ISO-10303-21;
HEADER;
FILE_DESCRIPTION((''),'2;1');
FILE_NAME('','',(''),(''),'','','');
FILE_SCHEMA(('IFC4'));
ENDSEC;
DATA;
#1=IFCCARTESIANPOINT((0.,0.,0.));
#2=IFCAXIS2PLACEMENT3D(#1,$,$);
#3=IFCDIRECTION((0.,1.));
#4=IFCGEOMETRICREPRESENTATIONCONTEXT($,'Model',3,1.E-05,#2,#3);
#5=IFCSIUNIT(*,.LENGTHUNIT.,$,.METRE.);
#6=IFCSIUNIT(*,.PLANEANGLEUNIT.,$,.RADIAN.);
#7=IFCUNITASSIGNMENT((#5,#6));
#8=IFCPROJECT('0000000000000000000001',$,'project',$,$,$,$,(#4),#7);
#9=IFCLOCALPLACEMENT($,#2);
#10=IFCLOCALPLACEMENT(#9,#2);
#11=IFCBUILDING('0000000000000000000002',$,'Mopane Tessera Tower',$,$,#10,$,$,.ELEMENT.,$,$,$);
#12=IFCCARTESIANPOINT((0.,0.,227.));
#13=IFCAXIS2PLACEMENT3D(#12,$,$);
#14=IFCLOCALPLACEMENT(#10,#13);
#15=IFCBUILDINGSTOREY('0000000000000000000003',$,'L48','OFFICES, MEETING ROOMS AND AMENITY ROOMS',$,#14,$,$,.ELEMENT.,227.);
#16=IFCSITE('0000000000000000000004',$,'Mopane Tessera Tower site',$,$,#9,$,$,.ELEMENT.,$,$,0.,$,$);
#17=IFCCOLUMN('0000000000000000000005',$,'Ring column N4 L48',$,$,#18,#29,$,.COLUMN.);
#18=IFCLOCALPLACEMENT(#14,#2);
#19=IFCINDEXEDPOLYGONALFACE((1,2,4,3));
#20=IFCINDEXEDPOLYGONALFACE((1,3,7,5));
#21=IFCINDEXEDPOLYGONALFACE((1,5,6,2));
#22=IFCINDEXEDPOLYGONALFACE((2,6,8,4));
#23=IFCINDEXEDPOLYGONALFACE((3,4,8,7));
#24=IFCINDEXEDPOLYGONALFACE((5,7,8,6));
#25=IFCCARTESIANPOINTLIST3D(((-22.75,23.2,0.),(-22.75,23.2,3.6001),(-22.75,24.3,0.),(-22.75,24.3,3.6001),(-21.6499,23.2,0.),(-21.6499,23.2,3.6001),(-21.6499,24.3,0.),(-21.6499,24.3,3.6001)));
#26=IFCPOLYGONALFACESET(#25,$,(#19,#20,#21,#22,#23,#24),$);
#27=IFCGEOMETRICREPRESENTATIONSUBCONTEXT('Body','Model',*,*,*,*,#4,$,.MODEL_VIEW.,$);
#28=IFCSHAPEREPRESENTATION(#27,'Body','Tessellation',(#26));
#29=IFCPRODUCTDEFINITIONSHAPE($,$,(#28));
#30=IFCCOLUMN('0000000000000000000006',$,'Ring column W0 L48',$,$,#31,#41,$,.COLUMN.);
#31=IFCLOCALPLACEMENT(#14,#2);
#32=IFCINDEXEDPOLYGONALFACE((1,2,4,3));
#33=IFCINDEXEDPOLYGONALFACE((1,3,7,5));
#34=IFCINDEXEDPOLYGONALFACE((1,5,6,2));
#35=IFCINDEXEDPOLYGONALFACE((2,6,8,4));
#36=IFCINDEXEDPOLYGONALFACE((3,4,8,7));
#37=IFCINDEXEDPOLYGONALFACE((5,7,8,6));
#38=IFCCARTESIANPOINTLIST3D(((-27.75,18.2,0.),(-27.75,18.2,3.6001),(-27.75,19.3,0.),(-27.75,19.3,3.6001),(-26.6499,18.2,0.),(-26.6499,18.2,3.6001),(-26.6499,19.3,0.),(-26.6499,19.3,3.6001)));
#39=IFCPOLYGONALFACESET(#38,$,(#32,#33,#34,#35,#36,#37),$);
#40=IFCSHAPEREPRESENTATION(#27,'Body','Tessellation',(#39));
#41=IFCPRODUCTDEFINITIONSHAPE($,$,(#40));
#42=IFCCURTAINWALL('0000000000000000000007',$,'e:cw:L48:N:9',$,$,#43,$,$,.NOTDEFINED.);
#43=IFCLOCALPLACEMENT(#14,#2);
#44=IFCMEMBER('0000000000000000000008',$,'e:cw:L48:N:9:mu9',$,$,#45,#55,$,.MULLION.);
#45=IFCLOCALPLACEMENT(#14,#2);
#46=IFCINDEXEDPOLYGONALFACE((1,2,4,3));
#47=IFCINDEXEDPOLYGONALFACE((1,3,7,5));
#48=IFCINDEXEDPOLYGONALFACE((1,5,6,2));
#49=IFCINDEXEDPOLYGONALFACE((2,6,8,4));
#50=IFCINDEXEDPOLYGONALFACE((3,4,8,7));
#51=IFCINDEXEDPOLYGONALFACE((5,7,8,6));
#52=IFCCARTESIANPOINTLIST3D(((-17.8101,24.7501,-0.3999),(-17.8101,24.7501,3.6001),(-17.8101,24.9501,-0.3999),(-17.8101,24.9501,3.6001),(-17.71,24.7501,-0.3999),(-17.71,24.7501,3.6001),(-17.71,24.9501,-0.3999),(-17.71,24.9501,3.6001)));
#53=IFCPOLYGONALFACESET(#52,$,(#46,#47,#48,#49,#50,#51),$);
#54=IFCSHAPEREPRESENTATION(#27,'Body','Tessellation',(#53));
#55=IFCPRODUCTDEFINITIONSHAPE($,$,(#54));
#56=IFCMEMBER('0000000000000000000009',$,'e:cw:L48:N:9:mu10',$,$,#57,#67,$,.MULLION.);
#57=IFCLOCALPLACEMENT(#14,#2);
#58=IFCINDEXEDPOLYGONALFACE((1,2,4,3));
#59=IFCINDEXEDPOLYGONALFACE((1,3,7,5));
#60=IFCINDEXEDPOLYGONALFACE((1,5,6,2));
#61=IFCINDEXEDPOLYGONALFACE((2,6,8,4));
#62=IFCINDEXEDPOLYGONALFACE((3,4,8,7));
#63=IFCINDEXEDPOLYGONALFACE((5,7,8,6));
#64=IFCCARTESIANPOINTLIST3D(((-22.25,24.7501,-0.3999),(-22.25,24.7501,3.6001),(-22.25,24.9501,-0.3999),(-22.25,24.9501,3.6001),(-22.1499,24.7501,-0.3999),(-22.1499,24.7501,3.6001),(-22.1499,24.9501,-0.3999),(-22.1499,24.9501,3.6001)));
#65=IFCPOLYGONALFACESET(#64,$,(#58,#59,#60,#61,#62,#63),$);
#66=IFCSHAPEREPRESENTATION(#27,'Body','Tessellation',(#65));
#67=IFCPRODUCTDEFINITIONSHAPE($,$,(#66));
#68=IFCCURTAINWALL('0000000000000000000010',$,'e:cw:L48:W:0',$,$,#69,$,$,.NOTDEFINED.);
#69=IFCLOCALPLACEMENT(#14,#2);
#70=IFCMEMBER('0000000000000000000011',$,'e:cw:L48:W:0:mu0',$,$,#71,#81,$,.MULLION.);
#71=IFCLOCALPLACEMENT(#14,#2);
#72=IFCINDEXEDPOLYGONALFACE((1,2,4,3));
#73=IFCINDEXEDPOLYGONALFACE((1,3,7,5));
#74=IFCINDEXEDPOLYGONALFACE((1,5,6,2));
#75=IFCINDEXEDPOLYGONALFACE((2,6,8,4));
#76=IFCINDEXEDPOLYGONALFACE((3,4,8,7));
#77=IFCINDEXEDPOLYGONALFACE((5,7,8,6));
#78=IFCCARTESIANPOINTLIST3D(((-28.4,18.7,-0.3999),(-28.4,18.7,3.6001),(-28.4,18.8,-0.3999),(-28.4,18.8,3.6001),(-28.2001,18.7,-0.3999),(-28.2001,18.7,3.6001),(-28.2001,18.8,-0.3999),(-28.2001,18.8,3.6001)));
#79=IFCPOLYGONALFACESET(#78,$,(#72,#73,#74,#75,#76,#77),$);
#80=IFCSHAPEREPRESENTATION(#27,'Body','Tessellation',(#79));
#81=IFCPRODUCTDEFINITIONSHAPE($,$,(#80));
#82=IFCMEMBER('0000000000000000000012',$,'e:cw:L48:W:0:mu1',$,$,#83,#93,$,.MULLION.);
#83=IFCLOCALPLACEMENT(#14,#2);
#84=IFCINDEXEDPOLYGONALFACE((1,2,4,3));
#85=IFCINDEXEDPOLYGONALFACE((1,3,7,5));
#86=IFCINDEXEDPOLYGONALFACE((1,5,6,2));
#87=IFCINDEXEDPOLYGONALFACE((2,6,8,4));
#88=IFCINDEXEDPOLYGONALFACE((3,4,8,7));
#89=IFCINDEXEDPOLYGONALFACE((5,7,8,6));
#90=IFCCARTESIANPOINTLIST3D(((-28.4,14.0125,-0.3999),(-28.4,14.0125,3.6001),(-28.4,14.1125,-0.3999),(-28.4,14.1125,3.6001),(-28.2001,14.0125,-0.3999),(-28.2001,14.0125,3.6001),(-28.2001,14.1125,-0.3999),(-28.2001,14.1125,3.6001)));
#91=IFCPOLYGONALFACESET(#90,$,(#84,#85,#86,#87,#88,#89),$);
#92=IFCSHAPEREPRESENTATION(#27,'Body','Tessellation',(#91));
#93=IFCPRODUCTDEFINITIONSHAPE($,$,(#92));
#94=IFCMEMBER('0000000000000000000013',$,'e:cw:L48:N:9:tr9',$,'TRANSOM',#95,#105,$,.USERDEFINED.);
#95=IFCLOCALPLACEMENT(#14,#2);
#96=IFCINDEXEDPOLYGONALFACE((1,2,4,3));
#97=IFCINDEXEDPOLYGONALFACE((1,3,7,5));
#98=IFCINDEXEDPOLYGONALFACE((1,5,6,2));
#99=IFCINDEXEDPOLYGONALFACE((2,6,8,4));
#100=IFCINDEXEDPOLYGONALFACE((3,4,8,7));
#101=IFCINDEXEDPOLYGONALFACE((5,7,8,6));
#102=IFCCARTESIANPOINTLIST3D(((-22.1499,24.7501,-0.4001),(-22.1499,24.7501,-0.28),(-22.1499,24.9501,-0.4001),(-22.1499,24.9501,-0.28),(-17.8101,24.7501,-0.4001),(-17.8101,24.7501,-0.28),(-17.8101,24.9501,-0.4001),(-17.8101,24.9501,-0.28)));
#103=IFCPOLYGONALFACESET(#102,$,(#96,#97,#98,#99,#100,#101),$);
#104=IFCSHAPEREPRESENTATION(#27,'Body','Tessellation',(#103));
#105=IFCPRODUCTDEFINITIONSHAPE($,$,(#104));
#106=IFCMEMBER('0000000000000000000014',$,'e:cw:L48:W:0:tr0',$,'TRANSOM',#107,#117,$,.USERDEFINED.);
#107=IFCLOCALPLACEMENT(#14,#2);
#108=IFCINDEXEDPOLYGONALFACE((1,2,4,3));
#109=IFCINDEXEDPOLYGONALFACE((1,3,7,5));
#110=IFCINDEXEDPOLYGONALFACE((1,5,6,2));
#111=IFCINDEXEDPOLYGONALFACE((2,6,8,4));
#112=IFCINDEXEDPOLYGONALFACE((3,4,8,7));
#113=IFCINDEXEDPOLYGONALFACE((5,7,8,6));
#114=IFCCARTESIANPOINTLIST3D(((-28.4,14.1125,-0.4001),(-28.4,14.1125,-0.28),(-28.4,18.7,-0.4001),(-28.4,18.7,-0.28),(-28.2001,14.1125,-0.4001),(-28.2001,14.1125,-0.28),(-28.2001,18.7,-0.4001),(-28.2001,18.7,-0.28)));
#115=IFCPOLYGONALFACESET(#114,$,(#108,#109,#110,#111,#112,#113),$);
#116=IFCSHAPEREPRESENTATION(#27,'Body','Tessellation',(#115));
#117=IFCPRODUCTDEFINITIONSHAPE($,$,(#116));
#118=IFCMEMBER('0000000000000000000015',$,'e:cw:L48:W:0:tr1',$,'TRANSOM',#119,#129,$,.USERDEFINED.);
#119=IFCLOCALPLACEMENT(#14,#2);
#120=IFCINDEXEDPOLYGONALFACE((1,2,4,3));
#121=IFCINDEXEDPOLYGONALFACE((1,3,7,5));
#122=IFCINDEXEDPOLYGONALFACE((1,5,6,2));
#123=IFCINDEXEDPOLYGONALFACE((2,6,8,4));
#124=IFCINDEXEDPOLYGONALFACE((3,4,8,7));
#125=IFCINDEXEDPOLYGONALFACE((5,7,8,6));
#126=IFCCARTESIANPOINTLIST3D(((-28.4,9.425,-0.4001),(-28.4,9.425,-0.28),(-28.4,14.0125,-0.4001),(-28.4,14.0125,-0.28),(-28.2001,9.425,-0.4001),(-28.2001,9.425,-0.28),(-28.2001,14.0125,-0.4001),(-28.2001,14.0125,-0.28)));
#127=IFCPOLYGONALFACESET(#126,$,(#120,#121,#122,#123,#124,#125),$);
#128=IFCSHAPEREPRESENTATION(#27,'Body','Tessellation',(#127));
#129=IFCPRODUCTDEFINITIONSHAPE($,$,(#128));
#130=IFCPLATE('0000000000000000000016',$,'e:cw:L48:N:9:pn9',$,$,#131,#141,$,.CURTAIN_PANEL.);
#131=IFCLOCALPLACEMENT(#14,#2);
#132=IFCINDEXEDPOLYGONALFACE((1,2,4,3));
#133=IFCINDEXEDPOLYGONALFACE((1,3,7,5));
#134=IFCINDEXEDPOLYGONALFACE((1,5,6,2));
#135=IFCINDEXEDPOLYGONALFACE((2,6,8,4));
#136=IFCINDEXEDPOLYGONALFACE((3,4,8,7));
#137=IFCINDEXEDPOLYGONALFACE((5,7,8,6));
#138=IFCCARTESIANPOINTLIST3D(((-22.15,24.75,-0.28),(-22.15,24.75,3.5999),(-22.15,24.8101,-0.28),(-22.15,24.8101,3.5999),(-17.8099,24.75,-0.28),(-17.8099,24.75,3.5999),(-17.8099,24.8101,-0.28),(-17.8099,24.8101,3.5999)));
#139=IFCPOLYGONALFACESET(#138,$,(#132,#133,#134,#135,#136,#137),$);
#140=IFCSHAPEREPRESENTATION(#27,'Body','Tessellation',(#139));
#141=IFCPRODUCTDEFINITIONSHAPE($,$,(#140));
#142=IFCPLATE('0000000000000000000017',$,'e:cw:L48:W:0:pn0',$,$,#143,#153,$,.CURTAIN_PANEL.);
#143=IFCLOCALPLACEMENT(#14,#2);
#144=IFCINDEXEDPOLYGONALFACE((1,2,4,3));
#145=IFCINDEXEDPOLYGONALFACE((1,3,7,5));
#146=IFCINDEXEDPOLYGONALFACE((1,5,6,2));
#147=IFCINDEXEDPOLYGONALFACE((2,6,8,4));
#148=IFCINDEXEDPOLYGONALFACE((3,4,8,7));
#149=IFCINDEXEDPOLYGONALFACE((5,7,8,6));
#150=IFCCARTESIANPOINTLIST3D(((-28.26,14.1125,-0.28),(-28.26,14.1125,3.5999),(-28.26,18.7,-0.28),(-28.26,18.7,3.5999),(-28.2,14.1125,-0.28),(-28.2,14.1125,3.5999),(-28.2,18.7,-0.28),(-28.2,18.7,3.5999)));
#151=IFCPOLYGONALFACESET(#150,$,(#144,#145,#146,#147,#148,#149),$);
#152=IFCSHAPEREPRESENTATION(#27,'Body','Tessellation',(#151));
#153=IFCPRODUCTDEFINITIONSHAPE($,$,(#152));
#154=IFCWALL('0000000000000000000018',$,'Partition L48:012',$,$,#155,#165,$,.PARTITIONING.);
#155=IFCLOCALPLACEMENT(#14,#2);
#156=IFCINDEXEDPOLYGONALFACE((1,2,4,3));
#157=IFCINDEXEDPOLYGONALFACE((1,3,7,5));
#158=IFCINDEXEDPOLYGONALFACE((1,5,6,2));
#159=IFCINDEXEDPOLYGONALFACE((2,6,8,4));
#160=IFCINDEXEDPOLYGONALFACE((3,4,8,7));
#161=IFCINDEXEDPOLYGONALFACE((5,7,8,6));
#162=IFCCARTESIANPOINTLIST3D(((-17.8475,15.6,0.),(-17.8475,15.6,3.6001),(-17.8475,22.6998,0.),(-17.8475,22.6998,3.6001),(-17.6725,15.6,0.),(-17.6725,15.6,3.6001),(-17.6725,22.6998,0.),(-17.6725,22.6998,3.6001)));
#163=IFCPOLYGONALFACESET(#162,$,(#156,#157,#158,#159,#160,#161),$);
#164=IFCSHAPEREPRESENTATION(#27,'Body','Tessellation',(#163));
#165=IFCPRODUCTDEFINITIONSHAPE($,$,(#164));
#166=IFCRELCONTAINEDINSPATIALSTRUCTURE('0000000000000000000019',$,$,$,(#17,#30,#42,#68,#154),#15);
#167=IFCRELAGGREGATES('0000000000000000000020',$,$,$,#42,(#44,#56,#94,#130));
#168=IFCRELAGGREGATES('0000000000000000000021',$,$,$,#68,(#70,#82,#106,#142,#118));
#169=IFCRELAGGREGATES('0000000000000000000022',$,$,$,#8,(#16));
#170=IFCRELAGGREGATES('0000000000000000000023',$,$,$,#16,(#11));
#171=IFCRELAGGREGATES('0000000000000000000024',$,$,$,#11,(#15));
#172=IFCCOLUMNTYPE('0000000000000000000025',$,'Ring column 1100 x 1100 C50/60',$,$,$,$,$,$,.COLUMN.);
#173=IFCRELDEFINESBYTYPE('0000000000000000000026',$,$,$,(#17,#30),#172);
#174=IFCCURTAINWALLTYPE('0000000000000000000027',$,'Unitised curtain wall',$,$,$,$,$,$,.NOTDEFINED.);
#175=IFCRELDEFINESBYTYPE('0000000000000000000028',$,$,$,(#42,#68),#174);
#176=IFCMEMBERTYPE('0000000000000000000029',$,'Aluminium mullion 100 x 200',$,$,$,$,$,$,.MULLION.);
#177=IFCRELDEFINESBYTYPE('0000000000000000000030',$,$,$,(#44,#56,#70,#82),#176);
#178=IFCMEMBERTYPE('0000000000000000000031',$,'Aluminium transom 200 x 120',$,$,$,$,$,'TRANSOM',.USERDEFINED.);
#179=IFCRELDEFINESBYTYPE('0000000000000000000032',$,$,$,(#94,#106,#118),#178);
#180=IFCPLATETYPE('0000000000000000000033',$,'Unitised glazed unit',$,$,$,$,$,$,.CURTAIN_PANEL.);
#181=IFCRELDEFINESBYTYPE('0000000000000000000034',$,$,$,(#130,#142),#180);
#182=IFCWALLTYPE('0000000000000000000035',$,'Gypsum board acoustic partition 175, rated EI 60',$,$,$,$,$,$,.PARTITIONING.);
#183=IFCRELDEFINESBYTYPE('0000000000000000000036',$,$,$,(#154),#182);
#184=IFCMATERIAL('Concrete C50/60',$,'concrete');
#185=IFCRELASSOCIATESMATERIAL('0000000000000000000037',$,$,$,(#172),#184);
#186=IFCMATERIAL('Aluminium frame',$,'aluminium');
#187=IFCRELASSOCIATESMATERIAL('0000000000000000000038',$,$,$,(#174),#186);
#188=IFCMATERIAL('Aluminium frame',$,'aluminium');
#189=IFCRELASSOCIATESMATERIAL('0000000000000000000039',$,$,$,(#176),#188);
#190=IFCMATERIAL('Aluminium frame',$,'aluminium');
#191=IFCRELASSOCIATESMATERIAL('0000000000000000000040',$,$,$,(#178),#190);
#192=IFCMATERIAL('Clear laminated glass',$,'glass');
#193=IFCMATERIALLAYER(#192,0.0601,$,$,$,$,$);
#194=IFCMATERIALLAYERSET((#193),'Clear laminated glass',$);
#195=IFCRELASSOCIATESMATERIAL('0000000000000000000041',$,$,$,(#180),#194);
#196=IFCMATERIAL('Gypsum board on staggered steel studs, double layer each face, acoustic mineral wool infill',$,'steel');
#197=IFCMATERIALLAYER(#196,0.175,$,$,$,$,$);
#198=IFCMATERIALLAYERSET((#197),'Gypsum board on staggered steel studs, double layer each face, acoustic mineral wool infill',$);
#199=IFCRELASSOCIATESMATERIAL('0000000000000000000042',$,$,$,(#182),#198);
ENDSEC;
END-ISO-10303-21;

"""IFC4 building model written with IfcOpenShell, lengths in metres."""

from ifc_helpers import new_model, si_unit, direction, frame, frame_2d, origin, origin_2d, place, context, subcontext, project, spatial, rectangle, extrude, material, layer, layer_set, material_profile, profile_set, type_object, element, aggregate, save


model = new_model("IFC4")

# Units and contexts
model_context = context("Model", 3, precision=1e-05, world=origin(), true_north=direction((0.0, 1.0)))
body_context = subcontext(model_context, "Body", "Model", "MODEL_VIEW")
ifc_project = project(units=[si_unit("LENGTHUNIT", "METRE"), si_unit("PLANEANGLEUNIT", "RADIAN")], contexts=[model_context])

# Site, building, storey
site_placement = place(None, origin())
site = spatial("IfcSite", under=ifc_project, at=site_placement, Name="Mopane Tessera Tower site", CompositionType="ELEMENT", RefElevation=0.0)
building_placement = place(site_placement, origin())
building = spatial("IfcBuilding", under=site, at=building_placement, Name="Mopane Tessera Tower", CompositionType="ELEMENT")
storey_placement = place(building_placement, frame((0.0, 0.0, 227.0)))
storey = spatial("IfcBuildingStorey", under=building, at=storey_placement, Name="L48", Description="OFFICES, MEETING ROOMS AND AMENITY ROOMS", CompositionType="ELEMENT", Elevation=227.0)

# Columns
ifc_material_1 = material(Name="Concrete C50/60", Category="concrete")
ifc_material_profile_1 = material_profile(ifc_material_1, rectangle(XDim=1.1001, YDim=1.1001, at=origin_2d()))
ifc_profile_set_1 = profile_set([ifc_material_profile_1], Name="Concrete C50/60")
column_type = type_object("IfcColumnType", Name="Ring column 1100 x 1100 C50/60", PredefinedType="COLUMN", material=ifc_profile_set_1)
for number, where, z_axis, x_axis, name in (
    (1, (-22.2, 23.75, 0.0), (0.0, 0.0, 1.0), (1.0, 0.0, 0.0), "Ring column N4 L48"),
    (2, (-27.2, 18.75, 0.0), (0.0, 0.0, 1.0), (1.0, 0.0, 0.0), "Ring column W0 L48"),
):
    element("IfcColumn", number, at=place(storey_placement, frame(where, z_axis=z_axis, x_axis=x_axis)), inside=storey, type_object=column_type, Name=name, PredefinedType="COLUMN", context=body_context, shape_type="SweptSolid", body=[
        extrude(rectangle(XDim=1.1001, YDim=1.1001, at=origin_2d()), origin(), (0.0, 0.0, 1.0), 3.6001),
    ])

# Curtain walls, members
ifc_material_2 = material(Name="Aluminium frame", Category="aluminium")
curtain_wall_type = type_object("IfcCurtainWallType", Name="Unitised curtain wall", PredefinedType="NOTDEFINED", material=ifc_material_2)
curtain_wall_1_placement = place(storey_placement, origin())
curtain_wall_1 = element("IfcCurtainWall", 3, at=curtain_wall_1_placement, inside=storey, type_object=curtain_wall_type, Name="e:cw:L48:N:9", PredefinedType="NOTDEFINED")
ifc_material_3 = material(Name="Aluminium frame", Category="aluminium")
ifc_material_profile_2 = material_profile(ifc_material_3, rectangle(XDim=0.1001, YDim=0.2, at=origin_2d()))
ifc_profile_set_2 = profile_set([ifc_material_profile_2], Name="Aluminium frame")
member_type_1 = type_object("IfcMemberType", Name="Aluminium mullion 100 x 200", PredefinedType="MULLION", material=ifc_profile_set_2)
member_1_placement = place(storey_placement, frame((-17.76, 24.8501, -0.3999), z_axis=(0.0, 0.0, 1.0), x_axis=(-1.0, 0.0, 0.0)))
member_1 = element("IfcMember", 4, at=member_1_placement, type_object=member_type_1, Name="e:cw:L48:N:9:mu9", PredefinedType="MULLION", context=body_context, shape_type="SweptSolid", body=[
    extrude(rectangle(XDim=0.1001, YDim=0.2, at=origin_2d()), origin(), (0.0, 0.0, 1.0), 4.0),
])
member_2_placement = place(storey_placement, frame((-22.2, 24.8501, -0.3999), z_axis=(0.0, 0.0, 1.0), x_axis=(-1.0, 0.0, 0.0)))
member_2 = element("IfcMember", 5, at=member_2_placement, type_object=member_type_1, Name="e:cw:L48:N:9:mu10", PredefinedType="MULLION", context=body_context, shape_type="SweptSolid", body=[
    extrude(rectangle(XDim=0.1001, YDim=0.2, at=origin_2d()), origin(), (0.0, 0.0, 1.0), 4.0),
])
curtain_wall_2_placement = place(storey_placement, origin())
curtain_wall_2 = element("IfcCurtainWall", 6, at=curtain_wall_2_placement, inside=storey, type_object=curtain_wall_type, Name="e:cw:L48:W:0", PredefinedType="NOTDEFINED")
member_3_placement = place(storey_placement, frame((-28.3, 18.75, -0.3999), z_axis=(0.0, 0.0, 1.0), x_axis=(0.0, -1.0, 0.0)))
member_3 = element("IfcMember", 7, at=member_3_placement, type_object=member_type_1, Name="e:cw:L48:W:0:mu0", PredefinedType="MULLION", context=body_context, shape_type="SweptSolid", body=[
    extrude(rectangle(XDim=0.1001, YDim=0.2, at=origin_2d()), origin(), (0.0, 0.0, 1.0), 4.0),
])
member_4_placement = place(storey_placement, frame((-28.3, 14.0625, -0.3999), z_axis=(0.0, 0.0, 1.0), x_axis=(0.0, -1.0, 0.0)))
member_4 = element("IfcMember", 8, at=member_4_placement, type_object=member_type_1, Name="e:cw:L48:W:0:mu1", PredefinedType="MULLION", context=body_context, shape_type="SweptSolid", body=[
    extrude(rectangle(XDim=0.1001, YDim=0.2, at=origin_2d()), origin(), (0.0, 0.0, 1.0), 4.0),
])

# Members
ifc_material_4 = material(Name="Aluminium frame", Category="aluminium")
ifc_material_profile_3 = material_profile(ifc_material_4, rectangle(XDim=0.2, YDim=0.1201, at=origin_2d()))
ifc_profile_set_3 = profile_set([ifc_material_profile_3], Name="Aluminium frame")
member_type_2 = type_object("IfcMemberType", Name="Aluminium transom 200 x 120", ElementType="TRANSOM", PredefinedType="USERDEFINED", material=ifc_profile_set_3)
member_5_placement = place(storey_placement, frame((-17.8101, 24.8501, -0.3401), z_axis=(-1.0, 0.0, 0.0), x_axis=(0.0, -1.0, 0.0)))
member_5 = element("IfcMember", 9, at=member_5_placement, type_object=member_type_2, Name="e:cw:L48:N:9:tr9", ObjectType="TRANSOM", PredefinedType="USERDEFINED", context=body_context, shape_type="SweptSolid", body=[
    extrude(rectangle(XDim=0.2, YDim=0.1201, at=origin_2d()), origin(), (0.0, 0.0, 1.0), 4.3398),
])
member_6_placement = place(storey_placement, frame((-28.3, 18.7, -0.3401), z_axis=(0.0, -1.0, 0.0), x_axis=(1.0, 0.0, 0.0)))
member_6 = element("IfcMember", 10, at=member_6_placement, type_object=member_type_2, Name="e:cw:L48:W:0:tr0", ObjectType="TRANSOM", PredefinedType="USERDEFINED", context=body_context, shape_type="SweptSolid", body=[
    extrude(rectangle(XDim=0.2, YDim=0.1201, at=origin_2d()), origin(), (0.0, 0.0, 1.0), 4.5874),
])
member_7_placement = place(storey_placement, frame((-28.3, 14.0125, -0.3401), z_axis=(0.0, -1.0, 0.0), x_axis=(1.0, 0.0, 0.0)))
member_7 = element("IfcMember", 11, at=member_7_placement, type_object=member_type_2, Name="e:cw:L48:W:0:tr1", ObjectType="TRANSOM", PredefinedType="USERDEFINED", context=body_context, shape_type="SweptSolid", body=[
    extrude(rectangle(XDim=0.2, YDim=0.1201, at=origin_2d()), origin(), (0.0, 0.0, 1.0), 4.5874),
])

# Plates
ifc_material_5 = material(Name="Clear laminated glass", Category="glass")
ifc_layer_1 = layer(ifc_material_5, 0.0601)
ifc_layer_set_1 = layer_set([ifc_layer_1], Name="Clear laminated glass")
plate_type = type_object("IfcPlateType", Name="Unitised glazed unit", PredefinedType="CURTAIN_PANEL", material=ifc_layer_set_1)
plate_1_placement = place(storey_placement, frame((-19.98, 24.78, -0.28), z_axis=(0.0, 0.0, 1.0), x_axis=(-1.0, 0.0, 0.0)))
plate_1 = element("IfcPlate", 12, at=plate_1_placement, type_object=plate_type, Name="e:cw:L48:N:9:pn9", PredefinedType="CURTAIN_PANEL", context=body_context, shape_type="SweptSolid", body=[
    extrude(rectangle(XDim=4.3401, YDim=0.0601, at=origin_2d()), origin(), (0.0, 0.0, 1.0), 3.8799),
])
aggregate(curtain_wall_1, [member_1, member_2, member_5, plate_1])
plate_2_placement = place(storey_placement, frame((-28.23, 16.4062, -0.28), z_axis=(0.0, 0.0, 1.0), x_axis=(0.0, -1.0, 0.0)))
plate_2 = element("IfcPlate", 13, at=plate_2_placement, type_object=plate_type, Name="e:cw:L48:W:0:pn0", PredefinedType="CURTAIN_PANEL", context=body_context, shape_type="SweptSolid", body=[
    extrude(rectangle(XDim=4.5874, YDim=0.0601, at=origin_2d()), origin(), (0.0, 0.0, 1.0), 3.8799),
])
aggregate(curtain_wall_2, [member_3, member_4, member_6, plate_2, member_7])

# Wall
ifc_material_6 = material(Name="Gypsum board on staggered steel studs, double layer each face, acoustic mineral wool infill", Category="steel")
ifc_layer_2 = layer(ifc_material_6, 0.175)
ifc_layer_set_2 = layer_set([ifc_layer_2], Name="Gypsum board on staggered steel studs, double layer each face, acoustic mineral wool infill")
wall_type_1 = type_object("IfcWallType", Name="Gypsum board acoustic partition 175, rated EI 60", PredefinedType="PARTITIONING", material=ifc_layer_set_2)
wall_1_placement = place(storey_placement, frame((-17.76, 15.6001, 0.0), z_axis=(0.0, 0.0, 1.0), x_axis=(0.0, 1.0, 0.0)))
element("IfcWall", 14, at=wall_1_placement, inside=storey, type_object=wall_type_1, Name="Partition L48:012", PredefinedType="PARTITIONING", context=body_context, shape_type="SweptSolid", body=[
    extrude(rectangle(XDim=7.0999, YDim=0.175, at=frame_2d((3.5498, 0.0))), origin(), (0.0, 0.0, 1.0), 3.6001),
])

save(model, "model.ifc")
